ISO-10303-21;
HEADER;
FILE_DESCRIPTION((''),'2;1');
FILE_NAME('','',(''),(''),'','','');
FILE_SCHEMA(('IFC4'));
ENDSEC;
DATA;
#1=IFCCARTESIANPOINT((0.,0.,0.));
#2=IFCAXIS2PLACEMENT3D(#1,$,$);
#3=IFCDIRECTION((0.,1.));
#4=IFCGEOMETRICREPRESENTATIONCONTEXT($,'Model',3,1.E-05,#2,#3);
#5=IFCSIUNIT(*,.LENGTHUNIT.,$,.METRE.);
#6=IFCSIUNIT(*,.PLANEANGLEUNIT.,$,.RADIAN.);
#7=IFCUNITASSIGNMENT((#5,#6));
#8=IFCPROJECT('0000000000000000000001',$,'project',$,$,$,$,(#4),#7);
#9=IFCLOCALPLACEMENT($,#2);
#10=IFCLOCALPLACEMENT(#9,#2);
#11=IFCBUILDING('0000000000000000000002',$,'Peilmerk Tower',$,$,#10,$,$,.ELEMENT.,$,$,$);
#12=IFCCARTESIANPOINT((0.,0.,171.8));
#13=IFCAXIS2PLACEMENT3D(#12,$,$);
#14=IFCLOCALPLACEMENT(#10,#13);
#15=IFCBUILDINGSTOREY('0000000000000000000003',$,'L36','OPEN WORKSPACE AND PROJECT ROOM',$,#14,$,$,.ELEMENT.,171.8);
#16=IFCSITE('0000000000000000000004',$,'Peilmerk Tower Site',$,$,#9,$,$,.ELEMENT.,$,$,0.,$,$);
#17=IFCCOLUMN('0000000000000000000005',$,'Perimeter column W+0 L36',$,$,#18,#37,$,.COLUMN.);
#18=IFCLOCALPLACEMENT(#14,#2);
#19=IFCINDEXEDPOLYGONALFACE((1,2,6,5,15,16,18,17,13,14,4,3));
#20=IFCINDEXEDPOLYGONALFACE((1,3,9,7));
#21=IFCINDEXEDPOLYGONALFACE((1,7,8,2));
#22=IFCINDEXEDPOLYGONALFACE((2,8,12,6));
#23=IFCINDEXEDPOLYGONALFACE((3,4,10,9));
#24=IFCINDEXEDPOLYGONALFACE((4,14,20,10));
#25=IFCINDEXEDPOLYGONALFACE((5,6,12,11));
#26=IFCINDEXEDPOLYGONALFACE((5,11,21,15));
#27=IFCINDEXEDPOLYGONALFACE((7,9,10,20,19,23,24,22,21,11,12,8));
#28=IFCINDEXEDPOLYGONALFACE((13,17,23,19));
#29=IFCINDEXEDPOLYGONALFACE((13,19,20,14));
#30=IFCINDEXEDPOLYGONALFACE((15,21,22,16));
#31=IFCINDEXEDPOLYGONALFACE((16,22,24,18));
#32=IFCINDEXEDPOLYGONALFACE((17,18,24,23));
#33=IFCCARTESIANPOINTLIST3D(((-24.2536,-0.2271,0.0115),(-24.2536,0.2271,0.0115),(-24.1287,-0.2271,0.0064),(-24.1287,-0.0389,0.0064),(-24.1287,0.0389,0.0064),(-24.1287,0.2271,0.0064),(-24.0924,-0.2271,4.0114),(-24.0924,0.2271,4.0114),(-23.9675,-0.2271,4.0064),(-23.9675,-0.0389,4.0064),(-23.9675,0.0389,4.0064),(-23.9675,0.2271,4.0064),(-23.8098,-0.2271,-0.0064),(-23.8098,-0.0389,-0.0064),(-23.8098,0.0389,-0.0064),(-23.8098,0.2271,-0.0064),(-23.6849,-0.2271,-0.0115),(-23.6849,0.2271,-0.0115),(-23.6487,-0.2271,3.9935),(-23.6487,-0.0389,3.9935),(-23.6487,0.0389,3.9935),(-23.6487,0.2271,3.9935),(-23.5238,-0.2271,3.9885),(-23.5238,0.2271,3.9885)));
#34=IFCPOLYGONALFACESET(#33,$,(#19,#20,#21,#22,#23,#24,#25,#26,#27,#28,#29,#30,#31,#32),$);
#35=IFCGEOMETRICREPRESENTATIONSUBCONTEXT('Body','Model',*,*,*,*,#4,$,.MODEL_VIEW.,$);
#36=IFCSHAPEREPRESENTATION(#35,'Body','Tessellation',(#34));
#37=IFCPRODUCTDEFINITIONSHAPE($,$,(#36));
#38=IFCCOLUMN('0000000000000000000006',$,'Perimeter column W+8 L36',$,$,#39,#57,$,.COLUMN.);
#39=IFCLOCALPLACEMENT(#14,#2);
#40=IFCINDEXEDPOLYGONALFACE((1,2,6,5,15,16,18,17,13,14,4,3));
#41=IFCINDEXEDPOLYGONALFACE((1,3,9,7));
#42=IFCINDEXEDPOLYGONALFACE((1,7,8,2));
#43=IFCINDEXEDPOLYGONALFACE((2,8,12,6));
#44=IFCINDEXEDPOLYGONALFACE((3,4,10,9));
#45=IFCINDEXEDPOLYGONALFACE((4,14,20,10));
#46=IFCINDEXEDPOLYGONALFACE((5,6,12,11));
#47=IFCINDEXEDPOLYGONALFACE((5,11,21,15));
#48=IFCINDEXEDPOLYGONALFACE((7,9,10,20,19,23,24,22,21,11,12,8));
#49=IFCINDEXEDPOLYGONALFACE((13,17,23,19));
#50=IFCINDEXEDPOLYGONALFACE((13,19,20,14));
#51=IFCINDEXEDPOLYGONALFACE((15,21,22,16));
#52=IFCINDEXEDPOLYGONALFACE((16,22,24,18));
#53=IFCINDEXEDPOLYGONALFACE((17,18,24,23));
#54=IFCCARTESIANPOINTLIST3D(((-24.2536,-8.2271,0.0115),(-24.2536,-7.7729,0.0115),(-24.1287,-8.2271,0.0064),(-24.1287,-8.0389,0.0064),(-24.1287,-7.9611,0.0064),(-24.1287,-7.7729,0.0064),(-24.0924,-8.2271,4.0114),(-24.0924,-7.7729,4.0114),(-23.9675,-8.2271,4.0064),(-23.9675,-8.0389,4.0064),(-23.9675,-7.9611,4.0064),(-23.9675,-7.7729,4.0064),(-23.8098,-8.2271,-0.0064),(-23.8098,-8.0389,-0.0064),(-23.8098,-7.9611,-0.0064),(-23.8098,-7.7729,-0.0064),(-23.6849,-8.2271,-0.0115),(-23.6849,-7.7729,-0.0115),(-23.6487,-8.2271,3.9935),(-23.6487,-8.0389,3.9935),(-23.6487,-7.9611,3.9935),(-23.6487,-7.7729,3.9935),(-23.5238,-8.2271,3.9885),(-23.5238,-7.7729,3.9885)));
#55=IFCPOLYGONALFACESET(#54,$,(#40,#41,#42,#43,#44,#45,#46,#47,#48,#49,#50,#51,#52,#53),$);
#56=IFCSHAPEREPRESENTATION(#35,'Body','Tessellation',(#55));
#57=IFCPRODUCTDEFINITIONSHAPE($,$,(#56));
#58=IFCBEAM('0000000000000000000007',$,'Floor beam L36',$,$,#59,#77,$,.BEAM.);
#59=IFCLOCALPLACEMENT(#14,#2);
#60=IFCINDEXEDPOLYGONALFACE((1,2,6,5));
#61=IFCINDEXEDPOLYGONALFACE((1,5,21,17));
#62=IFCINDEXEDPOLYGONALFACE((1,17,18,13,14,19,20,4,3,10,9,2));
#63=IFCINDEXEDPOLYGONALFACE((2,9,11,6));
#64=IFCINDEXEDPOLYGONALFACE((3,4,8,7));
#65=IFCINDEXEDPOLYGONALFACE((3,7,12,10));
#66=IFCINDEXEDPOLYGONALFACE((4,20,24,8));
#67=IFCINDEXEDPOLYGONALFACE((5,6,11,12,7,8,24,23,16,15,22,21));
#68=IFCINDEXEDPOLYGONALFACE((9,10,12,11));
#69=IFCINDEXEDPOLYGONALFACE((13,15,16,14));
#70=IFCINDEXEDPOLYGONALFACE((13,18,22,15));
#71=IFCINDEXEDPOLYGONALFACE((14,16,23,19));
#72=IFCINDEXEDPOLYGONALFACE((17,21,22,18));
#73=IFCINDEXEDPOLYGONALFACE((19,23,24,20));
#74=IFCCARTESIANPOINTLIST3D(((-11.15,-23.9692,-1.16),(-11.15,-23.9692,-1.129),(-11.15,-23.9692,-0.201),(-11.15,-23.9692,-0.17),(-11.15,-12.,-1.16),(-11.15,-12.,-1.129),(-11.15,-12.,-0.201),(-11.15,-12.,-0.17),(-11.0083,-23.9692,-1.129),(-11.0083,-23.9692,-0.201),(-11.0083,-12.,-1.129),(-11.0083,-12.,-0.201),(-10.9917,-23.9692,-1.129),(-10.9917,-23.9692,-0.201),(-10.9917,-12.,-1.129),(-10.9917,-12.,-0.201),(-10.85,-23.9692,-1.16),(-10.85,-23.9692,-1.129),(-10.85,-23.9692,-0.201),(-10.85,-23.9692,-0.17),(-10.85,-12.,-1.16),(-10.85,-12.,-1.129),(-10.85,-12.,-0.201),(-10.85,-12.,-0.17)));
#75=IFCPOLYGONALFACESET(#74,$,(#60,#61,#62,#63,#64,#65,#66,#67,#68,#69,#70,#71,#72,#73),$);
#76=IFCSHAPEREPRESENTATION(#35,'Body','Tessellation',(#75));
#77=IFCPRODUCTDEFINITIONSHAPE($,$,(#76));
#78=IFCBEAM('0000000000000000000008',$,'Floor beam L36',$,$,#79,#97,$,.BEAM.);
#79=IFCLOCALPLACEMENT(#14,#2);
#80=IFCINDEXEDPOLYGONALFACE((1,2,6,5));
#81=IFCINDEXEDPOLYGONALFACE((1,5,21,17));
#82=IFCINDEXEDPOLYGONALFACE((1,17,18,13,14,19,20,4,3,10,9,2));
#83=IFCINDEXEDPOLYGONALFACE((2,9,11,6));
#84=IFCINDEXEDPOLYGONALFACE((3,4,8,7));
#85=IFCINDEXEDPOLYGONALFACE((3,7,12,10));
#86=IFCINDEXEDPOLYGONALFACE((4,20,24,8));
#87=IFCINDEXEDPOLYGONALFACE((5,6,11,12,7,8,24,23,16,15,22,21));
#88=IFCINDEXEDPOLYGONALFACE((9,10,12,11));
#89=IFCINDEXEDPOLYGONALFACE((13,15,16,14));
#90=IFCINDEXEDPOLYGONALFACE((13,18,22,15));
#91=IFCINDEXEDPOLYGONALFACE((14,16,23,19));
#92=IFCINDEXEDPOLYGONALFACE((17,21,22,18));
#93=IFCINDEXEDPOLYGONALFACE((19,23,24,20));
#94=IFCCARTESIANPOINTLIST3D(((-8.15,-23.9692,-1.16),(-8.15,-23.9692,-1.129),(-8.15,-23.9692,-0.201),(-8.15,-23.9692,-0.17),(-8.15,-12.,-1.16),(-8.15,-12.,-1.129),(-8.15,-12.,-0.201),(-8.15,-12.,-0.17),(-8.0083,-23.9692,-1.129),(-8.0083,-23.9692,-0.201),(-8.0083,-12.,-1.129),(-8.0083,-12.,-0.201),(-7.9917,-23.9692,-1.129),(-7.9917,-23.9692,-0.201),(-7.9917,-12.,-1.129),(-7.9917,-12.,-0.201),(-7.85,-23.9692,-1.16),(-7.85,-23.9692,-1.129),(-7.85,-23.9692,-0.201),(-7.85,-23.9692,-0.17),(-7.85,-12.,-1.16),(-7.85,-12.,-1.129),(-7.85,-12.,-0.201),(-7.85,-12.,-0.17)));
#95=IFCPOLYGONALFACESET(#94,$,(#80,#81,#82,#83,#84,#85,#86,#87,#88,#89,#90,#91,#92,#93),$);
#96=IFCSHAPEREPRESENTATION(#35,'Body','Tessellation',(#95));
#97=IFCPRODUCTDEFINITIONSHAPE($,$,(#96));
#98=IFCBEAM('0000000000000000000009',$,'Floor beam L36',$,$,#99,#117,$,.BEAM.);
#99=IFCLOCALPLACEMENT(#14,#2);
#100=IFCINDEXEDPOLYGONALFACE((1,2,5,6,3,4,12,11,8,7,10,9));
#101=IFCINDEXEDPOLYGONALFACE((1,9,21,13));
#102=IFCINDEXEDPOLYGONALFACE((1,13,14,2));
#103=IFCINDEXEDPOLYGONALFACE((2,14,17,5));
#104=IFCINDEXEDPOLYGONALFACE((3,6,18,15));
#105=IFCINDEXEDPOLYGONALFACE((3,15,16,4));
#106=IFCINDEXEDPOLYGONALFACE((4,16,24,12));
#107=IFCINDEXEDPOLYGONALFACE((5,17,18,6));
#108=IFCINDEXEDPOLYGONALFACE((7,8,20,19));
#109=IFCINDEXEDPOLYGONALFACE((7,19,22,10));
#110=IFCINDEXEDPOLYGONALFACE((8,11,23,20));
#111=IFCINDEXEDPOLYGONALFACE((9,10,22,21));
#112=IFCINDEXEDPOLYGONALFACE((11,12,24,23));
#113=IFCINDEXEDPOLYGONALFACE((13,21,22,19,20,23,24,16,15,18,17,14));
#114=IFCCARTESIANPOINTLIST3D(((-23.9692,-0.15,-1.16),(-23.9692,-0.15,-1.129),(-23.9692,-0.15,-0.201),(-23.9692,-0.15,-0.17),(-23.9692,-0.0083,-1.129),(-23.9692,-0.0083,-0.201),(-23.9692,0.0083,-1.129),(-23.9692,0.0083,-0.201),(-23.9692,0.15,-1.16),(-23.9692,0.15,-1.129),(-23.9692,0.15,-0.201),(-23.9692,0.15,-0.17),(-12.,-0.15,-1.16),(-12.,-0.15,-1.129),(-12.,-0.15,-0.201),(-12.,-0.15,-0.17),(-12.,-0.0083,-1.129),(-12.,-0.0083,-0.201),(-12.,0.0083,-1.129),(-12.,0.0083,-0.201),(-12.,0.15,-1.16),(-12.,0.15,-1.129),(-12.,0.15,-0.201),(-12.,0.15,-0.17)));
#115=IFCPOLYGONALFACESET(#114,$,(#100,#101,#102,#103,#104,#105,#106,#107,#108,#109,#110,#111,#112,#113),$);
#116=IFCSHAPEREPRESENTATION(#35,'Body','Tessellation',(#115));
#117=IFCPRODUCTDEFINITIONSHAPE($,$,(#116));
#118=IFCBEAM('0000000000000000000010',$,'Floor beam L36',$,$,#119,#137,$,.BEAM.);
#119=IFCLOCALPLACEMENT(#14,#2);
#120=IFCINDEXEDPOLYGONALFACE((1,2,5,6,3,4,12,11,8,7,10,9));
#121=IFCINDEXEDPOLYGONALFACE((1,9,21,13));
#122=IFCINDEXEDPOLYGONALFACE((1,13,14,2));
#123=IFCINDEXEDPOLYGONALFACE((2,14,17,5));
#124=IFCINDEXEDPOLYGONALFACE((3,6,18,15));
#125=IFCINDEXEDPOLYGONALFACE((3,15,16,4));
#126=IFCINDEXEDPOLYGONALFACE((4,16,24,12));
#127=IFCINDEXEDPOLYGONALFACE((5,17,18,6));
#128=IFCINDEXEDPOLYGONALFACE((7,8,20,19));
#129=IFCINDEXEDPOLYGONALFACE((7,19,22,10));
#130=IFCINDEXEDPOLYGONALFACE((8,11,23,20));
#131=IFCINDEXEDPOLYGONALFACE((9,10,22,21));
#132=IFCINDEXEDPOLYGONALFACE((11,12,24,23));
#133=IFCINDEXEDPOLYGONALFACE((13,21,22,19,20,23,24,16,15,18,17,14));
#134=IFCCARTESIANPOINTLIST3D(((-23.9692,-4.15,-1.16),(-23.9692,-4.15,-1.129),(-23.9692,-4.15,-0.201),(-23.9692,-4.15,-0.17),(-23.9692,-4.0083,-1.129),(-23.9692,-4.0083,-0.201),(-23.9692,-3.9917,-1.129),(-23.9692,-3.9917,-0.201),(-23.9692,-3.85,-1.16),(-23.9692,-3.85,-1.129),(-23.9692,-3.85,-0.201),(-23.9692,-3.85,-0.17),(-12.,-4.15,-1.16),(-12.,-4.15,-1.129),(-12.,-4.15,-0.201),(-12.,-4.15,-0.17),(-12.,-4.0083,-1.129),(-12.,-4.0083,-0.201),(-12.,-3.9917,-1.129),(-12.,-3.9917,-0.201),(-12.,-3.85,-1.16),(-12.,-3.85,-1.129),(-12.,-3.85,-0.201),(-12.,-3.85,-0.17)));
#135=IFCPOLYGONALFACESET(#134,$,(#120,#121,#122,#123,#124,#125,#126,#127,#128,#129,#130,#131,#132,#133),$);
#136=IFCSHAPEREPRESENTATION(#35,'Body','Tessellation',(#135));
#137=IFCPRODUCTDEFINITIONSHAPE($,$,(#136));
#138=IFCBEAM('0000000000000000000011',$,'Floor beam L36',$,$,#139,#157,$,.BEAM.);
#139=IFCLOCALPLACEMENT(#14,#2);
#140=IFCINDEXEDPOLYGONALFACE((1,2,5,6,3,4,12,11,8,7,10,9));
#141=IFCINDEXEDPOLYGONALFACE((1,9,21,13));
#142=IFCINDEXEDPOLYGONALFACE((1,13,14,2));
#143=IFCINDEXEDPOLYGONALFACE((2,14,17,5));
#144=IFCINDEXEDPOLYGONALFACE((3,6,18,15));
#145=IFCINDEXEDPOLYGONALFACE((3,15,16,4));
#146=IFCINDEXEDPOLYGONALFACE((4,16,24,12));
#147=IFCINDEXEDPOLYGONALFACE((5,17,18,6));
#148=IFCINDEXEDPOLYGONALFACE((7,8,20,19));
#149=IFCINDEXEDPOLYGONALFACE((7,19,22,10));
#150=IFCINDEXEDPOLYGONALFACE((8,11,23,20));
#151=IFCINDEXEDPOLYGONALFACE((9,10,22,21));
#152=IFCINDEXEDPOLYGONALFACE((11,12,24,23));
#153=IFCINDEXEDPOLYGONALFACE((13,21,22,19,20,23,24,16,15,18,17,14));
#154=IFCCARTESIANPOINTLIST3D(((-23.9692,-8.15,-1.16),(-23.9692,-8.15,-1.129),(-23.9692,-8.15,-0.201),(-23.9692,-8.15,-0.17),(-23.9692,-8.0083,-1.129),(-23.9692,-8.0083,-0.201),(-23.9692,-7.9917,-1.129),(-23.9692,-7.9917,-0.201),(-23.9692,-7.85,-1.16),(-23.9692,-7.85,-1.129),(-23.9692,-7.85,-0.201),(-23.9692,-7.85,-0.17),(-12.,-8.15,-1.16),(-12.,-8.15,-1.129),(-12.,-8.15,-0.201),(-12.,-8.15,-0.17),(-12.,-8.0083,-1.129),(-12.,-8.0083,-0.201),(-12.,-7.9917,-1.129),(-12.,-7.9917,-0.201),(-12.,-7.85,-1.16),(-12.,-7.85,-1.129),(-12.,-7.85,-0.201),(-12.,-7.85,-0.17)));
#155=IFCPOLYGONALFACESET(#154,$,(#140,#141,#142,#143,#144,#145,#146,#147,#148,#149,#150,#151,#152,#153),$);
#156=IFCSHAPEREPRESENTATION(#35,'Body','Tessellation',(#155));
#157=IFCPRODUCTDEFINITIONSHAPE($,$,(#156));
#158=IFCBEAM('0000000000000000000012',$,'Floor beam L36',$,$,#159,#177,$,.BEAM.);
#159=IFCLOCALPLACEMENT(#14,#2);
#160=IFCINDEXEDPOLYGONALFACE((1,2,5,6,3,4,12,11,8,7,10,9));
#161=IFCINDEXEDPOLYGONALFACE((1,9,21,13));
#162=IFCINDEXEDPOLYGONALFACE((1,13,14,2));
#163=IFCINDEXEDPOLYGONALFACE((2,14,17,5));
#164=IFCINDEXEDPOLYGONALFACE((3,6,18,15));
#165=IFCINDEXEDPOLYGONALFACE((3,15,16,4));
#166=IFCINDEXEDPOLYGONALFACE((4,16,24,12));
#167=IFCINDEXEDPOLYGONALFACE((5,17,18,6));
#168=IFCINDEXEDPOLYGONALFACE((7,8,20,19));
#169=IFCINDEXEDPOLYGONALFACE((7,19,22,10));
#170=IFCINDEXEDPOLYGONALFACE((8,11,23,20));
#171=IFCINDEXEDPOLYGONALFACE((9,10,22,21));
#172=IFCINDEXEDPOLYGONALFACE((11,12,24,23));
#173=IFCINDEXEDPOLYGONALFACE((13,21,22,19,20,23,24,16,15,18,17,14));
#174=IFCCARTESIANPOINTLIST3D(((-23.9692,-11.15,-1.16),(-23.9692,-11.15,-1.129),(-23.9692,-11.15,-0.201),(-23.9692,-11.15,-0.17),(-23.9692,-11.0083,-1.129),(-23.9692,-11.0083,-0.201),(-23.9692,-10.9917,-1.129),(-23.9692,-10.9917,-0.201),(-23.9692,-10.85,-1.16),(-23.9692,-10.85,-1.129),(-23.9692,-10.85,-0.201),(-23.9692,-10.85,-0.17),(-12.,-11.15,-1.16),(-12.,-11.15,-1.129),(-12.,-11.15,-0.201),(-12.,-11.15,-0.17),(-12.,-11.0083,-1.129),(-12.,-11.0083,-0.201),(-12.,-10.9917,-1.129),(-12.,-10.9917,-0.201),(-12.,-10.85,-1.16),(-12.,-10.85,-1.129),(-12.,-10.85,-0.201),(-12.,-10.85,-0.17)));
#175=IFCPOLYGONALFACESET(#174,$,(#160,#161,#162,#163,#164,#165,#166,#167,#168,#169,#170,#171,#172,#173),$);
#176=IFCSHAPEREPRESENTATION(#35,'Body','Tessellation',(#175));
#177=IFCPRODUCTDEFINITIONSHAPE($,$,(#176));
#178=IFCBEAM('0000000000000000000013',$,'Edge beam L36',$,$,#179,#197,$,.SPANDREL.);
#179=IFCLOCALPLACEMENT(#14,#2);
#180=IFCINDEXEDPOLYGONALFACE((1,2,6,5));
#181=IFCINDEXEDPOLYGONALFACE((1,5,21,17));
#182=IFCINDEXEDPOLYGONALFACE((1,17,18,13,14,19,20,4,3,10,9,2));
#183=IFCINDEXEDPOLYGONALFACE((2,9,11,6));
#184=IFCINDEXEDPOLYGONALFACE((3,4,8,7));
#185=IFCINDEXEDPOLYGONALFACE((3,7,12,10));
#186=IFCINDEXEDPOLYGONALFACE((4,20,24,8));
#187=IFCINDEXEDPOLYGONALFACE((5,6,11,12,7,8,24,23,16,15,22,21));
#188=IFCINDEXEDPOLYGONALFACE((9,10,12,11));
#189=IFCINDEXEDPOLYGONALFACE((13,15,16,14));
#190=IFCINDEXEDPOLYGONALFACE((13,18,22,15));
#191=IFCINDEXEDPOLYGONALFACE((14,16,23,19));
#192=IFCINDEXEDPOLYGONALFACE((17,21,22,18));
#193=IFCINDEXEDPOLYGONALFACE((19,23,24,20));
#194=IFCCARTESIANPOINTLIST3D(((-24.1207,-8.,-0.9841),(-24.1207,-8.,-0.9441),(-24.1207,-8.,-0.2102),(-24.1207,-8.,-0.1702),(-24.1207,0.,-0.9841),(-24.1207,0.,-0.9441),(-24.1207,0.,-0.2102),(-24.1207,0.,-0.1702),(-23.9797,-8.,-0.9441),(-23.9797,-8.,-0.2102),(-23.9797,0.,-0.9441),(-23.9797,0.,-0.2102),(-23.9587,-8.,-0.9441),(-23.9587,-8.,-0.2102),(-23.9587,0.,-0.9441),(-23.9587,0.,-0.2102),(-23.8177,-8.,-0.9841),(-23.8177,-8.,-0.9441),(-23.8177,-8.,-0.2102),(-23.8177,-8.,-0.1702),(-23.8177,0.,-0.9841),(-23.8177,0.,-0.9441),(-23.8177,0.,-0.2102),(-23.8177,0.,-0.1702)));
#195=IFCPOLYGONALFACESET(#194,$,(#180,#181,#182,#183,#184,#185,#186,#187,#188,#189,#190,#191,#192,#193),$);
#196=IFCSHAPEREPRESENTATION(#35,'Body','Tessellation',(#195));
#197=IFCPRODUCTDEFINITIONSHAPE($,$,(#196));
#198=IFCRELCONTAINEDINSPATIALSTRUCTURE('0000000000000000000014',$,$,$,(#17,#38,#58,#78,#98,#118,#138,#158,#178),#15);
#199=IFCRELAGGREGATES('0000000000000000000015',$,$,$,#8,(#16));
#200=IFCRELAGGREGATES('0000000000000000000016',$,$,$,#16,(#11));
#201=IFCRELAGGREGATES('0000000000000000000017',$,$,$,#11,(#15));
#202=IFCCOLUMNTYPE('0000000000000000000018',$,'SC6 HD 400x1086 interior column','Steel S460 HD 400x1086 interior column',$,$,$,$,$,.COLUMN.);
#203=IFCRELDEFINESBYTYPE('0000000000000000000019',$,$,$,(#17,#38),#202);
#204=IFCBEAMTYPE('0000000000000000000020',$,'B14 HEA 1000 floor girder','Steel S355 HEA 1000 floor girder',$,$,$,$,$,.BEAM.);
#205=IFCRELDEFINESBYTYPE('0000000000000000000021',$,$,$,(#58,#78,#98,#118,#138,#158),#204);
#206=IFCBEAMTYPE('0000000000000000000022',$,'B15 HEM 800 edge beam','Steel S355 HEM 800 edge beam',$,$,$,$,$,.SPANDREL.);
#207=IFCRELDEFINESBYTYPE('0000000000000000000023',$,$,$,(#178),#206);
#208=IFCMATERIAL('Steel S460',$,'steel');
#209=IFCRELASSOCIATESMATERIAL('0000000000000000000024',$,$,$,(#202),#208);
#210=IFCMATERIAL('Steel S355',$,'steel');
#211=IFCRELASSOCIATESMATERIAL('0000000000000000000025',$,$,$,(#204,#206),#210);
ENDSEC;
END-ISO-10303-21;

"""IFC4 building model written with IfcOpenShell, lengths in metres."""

from ifc_helpers import new_model, si_unit, direction, frame, origin, origin_2d, place, context, subcontext, project, spatial, i_section, extrude, material, material_profile, profile_set, type_object, element, save


model = new_model("IFC4")

# Units and contexts
model_context = context("Model", 3, precision=1e-05, world=origin(), true_north=direction((0.0, 1.0)))
body_context = subcontext(model_context, "Body", "Model", "MODEL_VIEW")
ifc_project = project(units=[si_unit("LENGTHUNIT", "METRE"), si_unit("PLANEANGLEUNIT", "RADIAN")], contexts=[model_context])

# Site, building, storey
site_placement = place(None, origin())
site = spatial("IfcSite", under=ifc_project, at=site_placement, Name="Peilmerk Tower Site", CompositionType="ELEMENT", RefElevation=0.0)
building_placement = place(site_placement, origin())
building = spatial("IfcBuilding", under=site, at=building_placement, Name="Peilmerk Tower", CompositionType="ELEMENT")
storey_placement = place(building_placement, frame((0.0, 0.0, 171.8)))
storey = spatial("IfcBuildingStorey", under=building, at=storey_placement, Name="L36", Description="OPEN WORKSPACE AND PROJECT ROOM", CompositionType="ELEMENT", Elevation=171.8)

# Columns
ifc_material_1 = material(Name="Steel S460", Category="steel")
ifc_material_profile_1 = material_profile(ifc_material_1, i_section(OverallWidth=0.4541, OverallDepth=0.5691, WebThickness=0.0779, FlangeThickness=0.125, at=origin_2d()), Name="HD 400x1086")
ifc_profile_set_1 = profile_set([ifc_material_profile_1], Name="Steel S460")
column_type = type_object("IfcColumnType", Name="SC6 HD 400x1086 interior column", Description="Steel S460 HD 400x1086 interior column", PredefinedType="COLUMN", material=ifc_profile_set_1)
for number, where, z_axis, x_axis, name in (
    (1, (-23.9692, 0.0, 0.0), (0.040251, 0.0, 0.99919), (0.0, 1.0, 0.0), "Perimeter column W+0 L36"),
    (2, (-23.9692, -8.0, 0.0), (0.040251, 0.0, 0.99919), (0.0, 1.0, 0.0), "Perimeter column W+8 L36"),
):
    element("IfcColumn", number, at=place(storey_placement, frame(where, z_axis=z_axis, x_axis=x_axis)), inside=storey, type_object=column_type, Name=name, PredefinedType="COLUMN", context=body_context, shape_type="SweptSolid", body=[
        extrude(i_section(OverallWidth=0.4541, OverallDepth=0.5691, WebThickness=0.0779, FlangeThickness=0.125, at=origin_2d()), origin(), (0.0, 0.0, 1.0), 4.0032),
    ])

# Beams
ifc_material_2 = material(Name="Steel S355", Category="steel")
ifc_material_profile_2 = material_profile(ifc_material_2, i_section(OverallWidth=0.3, OverallDepth=0.99, WebThickness=0.0166, FlangeThickness=0.031, at=origin_2d()), Name="HEA 1000")
ifc_profile_set_2 = profile_set([ifc_material_profile_2], Name="Steel S355")
beam_type_1 = type_object("IfcBeamType", Name="B14 HEA 1000 floor girder", Description="Steel S355 HEA 1000 floor girder", PredefinedType="BEAM", material=ifc_profile_set_2)
for number, where, z_axis, x_axis, name in (
    (3, (-11.0, -12.0, -0.665), (0.0, -1.0, 0.0), (1.0, 0.0, 0.0), "Floor beam L36"),
    (4, (-8.0, -12.0, -0.665), (0.0, -1.0, 0.0), (1.0, 0.0, 0.0), "Floor beam L36"),
    (5, (-12.0, 0.0, -0.665), (-1.0, 0.0, 0.0), (0.0, -1.0, 0.0), "Floor beam L36"),
    (6, (-12.0, -4.0, -0.665), (-1.0, 0.0, 0.0), (0.0, -1.0, 0.0), "Floor beam L36"),
    (7, (-12.0, -8.0, -0.665), (-1.0, 0.0, 0.0), (0.0, -1.0, 0.0), "Floor beam L36"),
    (8, (-12.0, -11.0, -0.665), (-1.0, 0.0, 0.0), (0.0, -1.0, 0.0), "Floor beam L36"),
):
    element("IfcBeam", number, at=place(storey_placement, frame(where, z_axis=z_axis, x_axis=x_axis)), inside=storey, type_object=beam_type_1, Name=name, PredefinedType="BEAM", context=body_context, shape_type="SweptSolid", body=[
        extrude(i_section(OverallWidth=0.3, OverallDepth=0.99, WebThickness=0.0166, FlangeThickness=0.031, at=origin_2d()), origin(), (0.0, 0.0, 1.0), 11.9692),
    ])
ifc_material_profile_3 = material_profile(ifc_material_2, i_section(OverallWidth=0.303, OverallDepth=0.814, WebThickness=0.021, FlangeThickness=0.04, at=origin_2d()), Name="HEM 800")
ifc_profile_set_3 = profile_set([ifc_material_profile_3], Name="Steel S355")
beam_type_2 = type_object("IfcBeamType", Name="B15 HEM 800 edge beam", Description="Steel S355 HEM 800 edge beam", PredefinedType="SPANDREL", material=ifc_profile_set_3)
for number, where, z_axis, x_axis, name in (
    (9, (-23.9692, 0.0, -0.5771), (0.0, -1.0, 0.0), (1.0, 0.0, 0.0), "Edge beam L36"),
):
    element("IfcBeam", number, at=place(storey_placement, frame(where, z_axis=z_axis, x_axis=x_axis)), inside=storey, type_object=beam_type_2, Name=name, PredefinedType="SPANDREL", context=body_context, shape_type="SweptSolid", body=[
        extrude(i_section(OverallWidth=0.303, OverallDepth=0.814, WebThickness=0.021, FlangeThickness=0.04, at=origin_2d()), origin(), (0.0, 0.0, 1.0), 8.0),
    ])

save(model, "model.ifc")
